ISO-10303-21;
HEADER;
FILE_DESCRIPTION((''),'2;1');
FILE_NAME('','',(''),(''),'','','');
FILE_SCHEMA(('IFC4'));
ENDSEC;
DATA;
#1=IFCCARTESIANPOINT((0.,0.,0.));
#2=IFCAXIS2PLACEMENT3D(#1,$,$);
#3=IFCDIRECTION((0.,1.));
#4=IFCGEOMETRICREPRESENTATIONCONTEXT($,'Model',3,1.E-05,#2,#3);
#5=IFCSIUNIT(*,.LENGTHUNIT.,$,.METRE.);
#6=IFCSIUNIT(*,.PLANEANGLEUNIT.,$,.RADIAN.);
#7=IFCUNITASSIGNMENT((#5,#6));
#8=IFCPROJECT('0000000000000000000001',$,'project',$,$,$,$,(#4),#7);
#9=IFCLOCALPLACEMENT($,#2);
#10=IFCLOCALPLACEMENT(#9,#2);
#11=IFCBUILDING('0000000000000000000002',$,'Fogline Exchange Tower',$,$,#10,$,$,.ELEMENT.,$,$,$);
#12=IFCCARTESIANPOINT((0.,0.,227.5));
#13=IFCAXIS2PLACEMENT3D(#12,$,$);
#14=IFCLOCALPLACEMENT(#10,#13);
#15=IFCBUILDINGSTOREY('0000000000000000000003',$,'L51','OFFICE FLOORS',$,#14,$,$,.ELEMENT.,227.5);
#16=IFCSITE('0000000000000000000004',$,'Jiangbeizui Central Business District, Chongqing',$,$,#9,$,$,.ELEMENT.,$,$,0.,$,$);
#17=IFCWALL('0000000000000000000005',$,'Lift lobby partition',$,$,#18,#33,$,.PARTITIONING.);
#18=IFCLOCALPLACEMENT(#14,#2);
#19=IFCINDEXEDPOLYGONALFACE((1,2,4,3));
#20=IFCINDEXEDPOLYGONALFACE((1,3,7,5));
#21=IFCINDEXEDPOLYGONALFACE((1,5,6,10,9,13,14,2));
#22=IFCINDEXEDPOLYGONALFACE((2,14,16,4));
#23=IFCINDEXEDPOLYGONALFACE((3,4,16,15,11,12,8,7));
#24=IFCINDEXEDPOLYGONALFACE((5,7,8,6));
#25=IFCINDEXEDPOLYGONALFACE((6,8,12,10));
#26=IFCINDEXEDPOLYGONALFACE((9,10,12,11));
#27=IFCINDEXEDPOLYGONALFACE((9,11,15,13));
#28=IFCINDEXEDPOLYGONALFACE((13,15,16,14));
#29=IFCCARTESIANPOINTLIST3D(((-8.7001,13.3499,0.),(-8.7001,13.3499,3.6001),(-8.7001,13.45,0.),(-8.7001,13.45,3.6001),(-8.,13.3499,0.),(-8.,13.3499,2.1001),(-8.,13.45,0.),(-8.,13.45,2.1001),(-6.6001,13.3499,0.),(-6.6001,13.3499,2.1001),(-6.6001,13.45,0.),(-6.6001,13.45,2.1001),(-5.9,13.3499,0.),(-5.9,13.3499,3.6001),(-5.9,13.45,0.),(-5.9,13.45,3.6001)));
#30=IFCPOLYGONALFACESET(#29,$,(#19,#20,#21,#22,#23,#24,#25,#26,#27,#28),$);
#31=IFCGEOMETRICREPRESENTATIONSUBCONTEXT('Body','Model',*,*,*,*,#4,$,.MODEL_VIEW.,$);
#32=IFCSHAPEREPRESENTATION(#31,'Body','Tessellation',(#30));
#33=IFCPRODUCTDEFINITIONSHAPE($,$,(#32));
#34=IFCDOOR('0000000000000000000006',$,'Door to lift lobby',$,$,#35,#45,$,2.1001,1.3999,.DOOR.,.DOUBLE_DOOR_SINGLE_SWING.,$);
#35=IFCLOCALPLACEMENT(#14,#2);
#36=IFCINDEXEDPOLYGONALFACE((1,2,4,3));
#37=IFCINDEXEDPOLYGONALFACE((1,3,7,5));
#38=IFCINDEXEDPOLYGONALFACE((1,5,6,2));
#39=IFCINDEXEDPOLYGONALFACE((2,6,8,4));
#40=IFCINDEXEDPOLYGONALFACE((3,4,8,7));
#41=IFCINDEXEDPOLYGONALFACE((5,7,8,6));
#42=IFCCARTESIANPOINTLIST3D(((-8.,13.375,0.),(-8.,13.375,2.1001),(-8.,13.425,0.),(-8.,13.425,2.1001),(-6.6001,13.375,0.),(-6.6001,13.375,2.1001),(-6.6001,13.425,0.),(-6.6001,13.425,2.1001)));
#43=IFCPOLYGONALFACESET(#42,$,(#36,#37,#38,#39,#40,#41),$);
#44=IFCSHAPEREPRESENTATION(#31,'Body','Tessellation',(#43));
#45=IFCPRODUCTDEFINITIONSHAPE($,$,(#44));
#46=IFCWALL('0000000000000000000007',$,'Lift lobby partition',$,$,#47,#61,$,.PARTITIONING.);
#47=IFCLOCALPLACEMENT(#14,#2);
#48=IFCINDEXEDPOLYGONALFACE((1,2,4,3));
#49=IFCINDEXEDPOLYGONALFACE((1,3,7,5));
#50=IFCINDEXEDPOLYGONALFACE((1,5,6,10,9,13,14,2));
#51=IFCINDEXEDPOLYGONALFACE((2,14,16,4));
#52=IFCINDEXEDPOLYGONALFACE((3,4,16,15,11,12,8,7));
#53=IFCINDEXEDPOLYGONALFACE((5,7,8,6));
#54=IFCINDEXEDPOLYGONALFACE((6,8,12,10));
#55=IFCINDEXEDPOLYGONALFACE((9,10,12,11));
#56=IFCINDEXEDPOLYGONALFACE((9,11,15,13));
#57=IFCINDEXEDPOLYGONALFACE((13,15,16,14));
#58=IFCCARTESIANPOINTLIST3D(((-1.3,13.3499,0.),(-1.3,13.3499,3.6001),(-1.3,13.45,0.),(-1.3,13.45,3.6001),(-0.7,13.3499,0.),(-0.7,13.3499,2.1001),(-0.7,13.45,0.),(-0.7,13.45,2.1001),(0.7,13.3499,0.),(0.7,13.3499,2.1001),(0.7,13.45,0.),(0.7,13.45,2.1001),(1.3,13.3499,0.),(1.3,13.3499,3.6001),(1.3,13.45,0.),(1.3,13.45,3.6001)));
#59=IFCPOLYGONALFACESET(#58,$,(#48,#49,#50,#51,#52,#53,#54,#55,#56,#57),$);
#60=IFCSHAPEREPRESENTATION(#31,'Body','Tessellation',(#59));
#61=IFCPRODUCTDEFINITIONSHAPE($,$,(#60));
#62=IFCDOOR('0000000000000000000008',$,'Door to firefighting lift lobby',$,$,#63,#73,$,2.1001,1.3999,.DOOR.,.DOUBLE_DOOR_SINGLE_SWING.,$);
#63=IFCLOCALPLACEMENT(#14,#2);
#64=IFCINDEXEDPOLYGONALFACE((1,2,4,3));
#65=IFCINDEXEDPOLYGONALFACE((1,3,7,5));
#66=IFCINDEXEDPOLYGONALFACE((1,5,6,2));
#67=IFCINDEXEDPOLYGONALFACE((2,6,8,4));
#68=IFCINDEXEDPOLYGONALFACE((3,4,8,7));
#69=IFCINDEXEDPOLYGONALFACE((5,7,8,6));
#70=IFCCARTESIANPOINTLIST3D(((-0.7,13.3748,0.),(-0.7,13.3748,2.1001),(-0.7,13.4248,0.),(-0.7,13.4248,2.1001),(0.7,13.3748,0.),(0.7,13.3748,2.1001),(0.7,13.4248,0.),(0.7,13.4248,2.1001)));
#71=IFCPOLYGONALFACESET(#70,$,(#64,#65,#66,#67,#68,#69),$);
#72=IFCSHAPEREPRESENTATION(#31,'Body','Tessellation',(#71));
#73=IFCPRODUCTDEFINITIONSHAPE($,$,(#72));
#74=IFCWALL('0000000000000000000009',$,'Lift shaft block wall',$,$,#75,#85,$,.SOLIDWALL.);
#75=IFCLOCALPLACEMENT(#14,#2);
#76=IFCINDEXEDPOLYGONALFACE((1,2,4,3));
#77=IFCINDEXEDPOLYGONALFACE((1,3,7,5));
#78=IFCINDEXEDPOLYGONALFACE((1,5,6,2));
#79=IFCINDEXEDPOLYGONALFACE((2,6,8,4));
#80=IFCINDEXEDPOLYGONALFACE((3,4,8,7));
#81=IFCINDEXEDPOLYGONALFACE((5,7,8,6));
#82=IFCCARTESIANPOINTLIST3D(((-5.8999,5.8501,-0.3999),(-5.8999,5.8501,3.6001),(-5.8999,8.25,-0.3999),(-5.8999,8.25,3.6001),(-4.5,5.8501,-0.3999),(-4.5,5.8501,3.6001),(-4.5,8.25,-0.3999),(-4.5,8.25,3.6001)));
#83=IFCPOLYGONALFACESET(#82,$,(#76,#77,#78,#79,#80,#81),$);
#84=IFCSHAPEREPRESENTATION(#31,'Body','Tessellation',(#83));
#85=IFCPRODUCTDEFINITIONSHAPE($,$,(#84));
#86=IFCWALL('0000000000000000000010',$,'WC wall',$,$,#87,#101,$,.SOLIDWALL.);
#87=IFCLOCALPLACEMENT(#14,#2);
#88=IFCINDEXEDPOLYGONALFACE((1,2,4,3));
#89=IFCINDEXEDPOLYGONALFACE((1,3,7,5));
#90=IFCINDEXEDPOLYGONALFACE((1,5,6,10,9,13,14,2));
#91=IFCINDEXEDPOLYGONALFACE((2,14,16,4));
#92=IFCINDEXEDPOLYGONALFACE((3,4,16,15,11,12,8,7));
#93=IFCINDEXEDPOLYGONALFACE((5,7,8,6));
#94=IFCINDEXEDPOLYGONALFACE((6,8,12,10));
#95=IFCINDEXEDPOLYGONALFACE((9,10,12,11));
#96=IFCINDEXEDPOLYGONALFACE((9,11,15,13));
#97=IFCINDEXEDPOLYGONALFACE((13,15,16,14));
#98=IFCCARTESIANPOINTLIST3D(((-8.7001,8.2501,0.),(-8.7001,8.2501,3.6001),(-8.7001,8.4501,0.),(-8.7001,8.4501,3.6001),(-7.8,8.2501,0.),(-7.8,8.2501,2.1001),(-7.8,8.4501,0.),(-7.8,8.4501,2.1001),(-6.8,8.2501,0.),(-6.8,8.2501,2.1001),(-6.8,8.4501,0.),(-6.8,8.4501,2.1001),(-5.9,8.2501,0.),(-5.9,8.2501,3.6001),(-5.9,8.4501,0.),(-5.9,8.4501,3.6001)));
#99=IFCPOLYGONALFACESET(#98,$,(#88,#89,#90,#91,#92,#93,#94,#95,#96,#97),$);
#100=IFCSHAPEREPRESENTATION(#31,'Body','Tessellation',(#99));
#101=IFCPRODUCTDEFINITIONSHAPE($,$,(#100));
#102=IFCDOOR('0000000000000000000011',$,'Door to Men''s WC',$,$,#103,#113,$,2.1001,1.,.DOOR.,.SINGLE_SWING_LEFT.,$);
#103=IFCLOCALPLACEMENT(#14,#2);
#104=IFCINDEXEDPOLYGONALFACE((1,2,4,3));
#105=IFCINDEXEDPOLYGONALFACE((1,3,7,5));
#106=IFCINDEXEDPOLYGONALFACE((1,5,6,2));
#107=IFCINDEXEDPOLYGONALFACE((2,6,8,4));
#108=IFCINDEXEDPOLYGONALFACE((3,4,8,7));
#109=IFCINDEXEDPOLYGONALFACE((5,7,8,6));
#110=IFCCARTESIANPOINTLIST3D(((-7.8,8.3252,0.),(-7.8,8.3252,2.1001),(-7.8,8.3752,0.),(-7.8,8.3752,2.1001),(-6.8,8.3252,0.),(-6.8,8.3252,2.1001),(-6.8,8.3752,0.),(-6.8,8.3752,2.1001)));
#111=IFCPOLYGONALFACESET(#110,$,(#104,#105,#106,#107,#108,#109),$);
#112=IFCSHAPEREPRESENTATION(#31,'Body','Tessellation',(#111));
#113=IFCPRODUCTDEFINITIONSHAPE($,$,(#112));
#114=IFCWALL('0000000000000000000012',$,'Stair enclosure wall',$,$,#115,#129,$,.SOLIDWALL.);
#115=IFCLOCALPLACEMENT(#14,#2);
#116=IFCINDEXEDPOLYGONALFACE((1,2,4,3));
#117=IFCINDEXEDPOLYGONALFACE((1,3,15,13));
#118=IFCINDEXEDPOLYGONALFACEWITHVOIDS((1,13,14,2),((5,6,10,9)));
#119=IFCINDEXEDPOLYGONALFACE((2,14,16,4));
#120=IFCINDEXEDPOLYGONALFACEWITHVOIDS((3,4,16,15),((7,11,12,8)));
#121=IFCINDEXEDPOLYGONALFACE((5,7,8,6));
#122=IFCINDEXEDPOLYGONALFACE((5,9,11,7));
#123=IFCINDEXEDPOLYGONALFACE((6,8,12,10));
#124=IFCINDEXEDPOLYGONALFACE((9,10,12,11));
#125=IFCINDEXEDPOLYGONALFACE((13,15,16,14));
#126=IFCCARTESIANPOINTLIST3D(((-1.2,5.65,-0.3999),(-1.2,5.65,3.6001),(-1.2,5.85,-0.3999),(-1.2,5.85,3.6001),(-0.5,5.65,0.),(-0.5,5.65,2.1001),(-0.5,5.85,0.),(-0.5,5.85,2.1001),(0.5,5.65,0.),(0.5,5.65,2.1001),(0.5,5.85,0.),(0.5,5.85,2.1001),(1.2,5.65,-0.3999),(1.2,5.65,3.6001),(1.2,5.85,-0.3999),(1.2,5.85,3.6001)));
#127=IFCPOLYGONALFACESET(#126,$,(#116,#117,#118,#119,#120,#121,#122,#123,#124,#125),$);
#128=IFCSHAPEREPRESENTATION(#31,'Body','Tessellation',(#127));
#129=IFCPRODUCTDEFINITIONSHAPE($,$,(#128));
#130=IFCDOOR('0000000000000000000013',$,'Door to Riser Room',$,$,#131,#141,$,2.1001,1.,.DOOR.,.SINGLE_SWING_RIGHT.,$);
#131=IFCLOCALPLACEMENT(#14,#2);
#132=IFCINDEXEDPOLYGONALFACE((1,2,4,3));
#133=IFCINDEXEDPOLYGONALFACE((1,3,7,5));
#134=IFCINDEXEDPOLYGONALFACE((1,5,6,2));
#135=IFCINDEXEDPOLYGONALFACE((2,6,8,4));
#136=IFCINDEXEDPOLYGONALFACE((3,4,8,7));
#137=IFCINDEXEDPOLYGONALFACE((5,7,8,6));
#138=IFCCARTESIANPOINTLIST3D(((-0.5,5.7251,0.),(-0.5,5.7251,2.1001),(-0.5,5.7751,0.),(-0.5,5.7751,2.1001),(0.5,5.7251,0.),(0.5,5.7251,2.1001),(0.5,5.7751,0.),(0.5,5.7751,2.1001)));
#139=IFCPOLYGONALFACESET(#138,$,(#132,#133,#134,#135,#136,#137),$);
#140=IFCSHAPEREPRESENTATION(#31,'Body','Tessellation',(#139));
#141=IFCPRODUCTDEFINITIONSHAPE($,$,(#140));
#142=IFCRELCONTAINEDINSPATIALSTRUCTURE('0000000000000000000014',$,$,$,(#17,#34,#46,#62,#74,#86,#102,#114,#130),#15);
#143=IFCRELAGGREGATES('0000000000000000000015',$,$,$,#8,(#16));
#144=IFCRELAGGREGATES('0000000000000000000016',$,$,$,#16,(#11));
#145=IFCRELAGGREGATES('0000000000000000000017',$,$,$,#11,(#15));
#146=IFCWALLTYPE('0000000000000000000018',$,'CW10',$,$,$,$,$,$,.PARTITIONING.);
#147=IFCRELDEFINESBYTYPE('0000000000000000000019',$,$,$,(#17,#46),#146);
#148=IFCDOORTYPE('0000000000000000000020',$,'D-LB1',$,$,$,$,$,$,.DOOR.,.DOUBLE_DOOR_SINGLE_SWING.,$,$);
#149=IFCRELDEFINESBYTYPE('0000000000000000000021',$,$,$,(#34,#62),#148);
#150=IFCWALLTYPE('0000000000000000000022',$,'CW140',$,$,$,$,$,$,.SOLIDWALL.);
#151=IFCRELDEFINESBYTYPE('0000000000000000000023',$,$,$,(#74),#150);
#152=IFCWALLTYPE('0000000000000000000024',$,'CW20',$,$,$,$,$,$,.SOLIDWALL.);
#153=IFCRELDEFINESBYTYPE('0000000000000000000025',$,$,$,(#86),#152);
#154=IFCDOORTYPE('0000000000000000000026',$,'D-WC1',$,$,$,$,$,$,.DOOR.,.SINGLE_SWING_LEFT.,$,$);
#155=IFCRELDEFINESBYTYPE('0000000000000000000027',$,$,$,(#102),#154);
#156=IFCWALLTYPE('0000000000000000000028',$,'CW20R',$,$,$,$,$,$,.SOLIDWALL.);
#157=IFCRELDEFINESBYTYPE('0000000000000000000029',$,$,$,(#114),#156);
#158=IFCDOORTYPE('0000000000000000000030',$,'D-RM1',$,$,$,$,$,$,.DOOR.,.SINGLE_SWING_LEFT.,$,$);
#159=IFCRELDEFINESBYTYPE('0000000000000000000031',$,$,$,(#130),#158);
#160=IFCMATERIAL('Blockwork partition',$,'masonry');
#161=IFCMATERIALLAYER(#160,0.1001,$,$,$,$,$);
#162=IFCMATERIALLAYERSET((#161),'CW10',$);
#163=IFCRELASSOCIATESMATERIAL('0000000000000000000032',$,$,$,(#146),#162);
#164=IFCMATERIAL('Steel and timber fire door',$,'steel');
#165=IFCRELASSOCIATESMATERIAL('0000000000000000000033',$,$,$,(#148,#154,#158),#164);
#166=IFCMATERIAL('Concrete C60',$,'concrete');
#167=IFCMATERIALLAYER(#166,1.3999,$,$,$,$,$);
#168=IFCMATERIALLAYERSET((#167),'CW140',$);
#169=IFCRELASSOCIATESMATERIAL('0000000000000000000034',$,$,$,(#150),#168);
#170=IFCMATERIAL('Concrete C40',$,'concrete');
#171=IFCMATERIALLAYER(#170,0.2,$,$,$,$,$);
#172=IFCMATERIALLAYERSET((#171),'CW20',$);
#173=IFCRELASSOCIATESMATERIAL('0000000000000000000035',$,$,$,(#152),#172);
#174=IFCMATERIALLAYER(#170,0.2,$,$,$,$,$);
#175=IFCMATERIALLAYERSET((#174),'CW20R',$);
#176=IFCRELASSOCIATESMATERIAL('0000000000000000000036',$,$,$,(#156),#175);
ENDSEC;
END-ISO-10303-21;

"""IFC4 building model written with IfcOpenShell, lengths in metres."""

from ifc_helpers import new_model, si_unit, direction, frame, frame_2d, origin, place, context, subcontext, project, spatial, rectangle, extrude, material, layer, layer_set, type_object, element, fill, save


model = new_model("IFC4")

# Units and contexts
model_context = context("Model", 3, precision=1e-05, world=origin(), true_north=direction((0.0, 1.0)))
body_context = subcontext(model_context, "Body", "Model", "MODEL_VIEW")
ifc_project = project(units=[si_unit("LENGTHUNIT", "METRE"), si_unit("PLANEANGLEUNIT", "RADIAN")], contexts=[model_context])

# Site, building, storey
site_placement = place(None, origin())
site = spatial("IfcSite", under=ifc_project, at=site_placement, Name="Jiangbeizui Central Business District, Chongqing", CompositionType="ELEMENT", RefElevation=0.0)
building_placement = place(site_placement, origin())
building = spatial("IfcBuilding", under=site, at=building_placement, Name="Fogline Exchange Tower", CompositionType="ELEMENT")
storey_placement = place(building_placement, frame((0.0, 0.0, 227.5)))
storey = spatial("IfcBuildingStorey", under=building, at=storey_placement, Name="L51", Description="OFFICE FLOORS", CompositionType="ELEMENT", Elevation=227.5)

# Walls, openings, doors
ifc_material_1 = material(Name="Blockwork partition", Category="masonry")
ifc_layer_1 = layer(ifc_material_1, 0.1001)
ifc_layer_set_1 = layer_set([ifc_layer_1], Name="CW10")
wall_type_1 = type_object("IfcWallType", Name="CW10", PredefinedType="PARTITIONING", material=ifc_layer_set_1)
wall_1_placement = place(storey_placement, frame((-8.7, 13.3999, 0.0), z_axis=(0.0, 0.0, 1.0), x_axis=(1.0, 0.0, 0.0)))
wall_1 = element("IfcWall", 1, at=wall_1_placement, inside=storey, type_object=wall_type_1, Name="Lift lobby partition", PredefinedType="PARTITIONING", context=body_context, shape_type="SweptSolid", body=[
    extrude(rectangle(XDim=2.8, YDim=0.1001, at=frame_2d((1.3999, 0.0))), origin(), (0.0, 0.0, 1.0), 3.6001),
])
opening_1_placement = place(wall_1_placement, frame((0.7, 0.0, 0.0)))
opening_1 = element("IfcOpeningElement", 2, at=opening_1_placement, cuts=wall_1, PredefinedType="OPENING", context=body_context, shape_type="SweptSolid", body=[
    extrude(rectangle(XDim=1.3999, YDim=2.1001, at=frame_2d((0.7, 1.05))), frame((0.0, 0.0601, 0.0), z_axis=(0.0, -1.0, 0.0), x_axis=(1.0, 0.0, 0.0)), (0.0, 0.0, 1.0), 0.1201),
])
ifc_material_2 = material(Name="Steel and timber fire door", Category="steel")
door_type_1 = type_object("IfcDoorType", Name="D-LB1", OperationType="DOUBLE_DOOR_SINGLE_SWING", PredefinedType="DOOR", material=ifc_material_2)
door_1_placement = place(opening_1_placement, frame((1.3999, 0.0, 0.0), z_axis=(0.0, 0.0, 1.0), x_axis=(-1.0, 0.0, 0.0)))
door_1 = element("IfcDoor", 3, at=door_1_placement, inside=storey, type_object=door_type_1, Name="Door to lift lobby", OperationType="DOUBLE_DOOR_SINGLE_SWING", OverallHeight=2.1001, OverallWidth=1.3999, PredefinedType="DOOR", context=body_context, shape_type="SweptSolid", body=[
    extrude(rectangle(XDim=1.3999, YDim=2.1001, at=frame_2d((0.7, 1.05))), frame((0.0, 0.0249, 0.0), z_axis=(0.0, -1.0, 0.0), x_axis=(1.0, 0.0, 0.0)), (0.0, 0.0, 1.0), 0.05),
])
fill(opening_1, door_1)
wall_2_placement = place(storey_placement, frame((-1.3, 13.3999, 0.0), z_axis=(0.0, 0.0, 1.0), x_axis=(1.0, 0.0, 0.0)))
wall_2 = element("IfcWall", 4, at=wall_2_placement, inside=storey, type_object=wall_type_1, Name="Lift lobby partition", PredefinedType="PARTITIONING", context=body_context, shape_type="SweptSolid", body=[
    extrude(rectangle(XDim=2.6001, YDim=0.1001, at=frame_2d((1.3, 0.0))), origin(), (0.0, 0.0, 1.0), 3.6001),
])
opening_2_placement = place(wall_2_placement, frame((0.6001, 0.0, 0.0)))
opening_2 = element("IfcOpeningElement", 5, at=opening_2_placement, cuts=wall_2, PredefinedType="OPENING", context=body_context, shape_type="SweptSolid", body=[
    extrude(rectangle(XDim=1.3999, YDim=2.1001, at=frame_2d((0.7, 1.05))), frame((0.0, 0.0601, 0.0), z_axis=(0.0, -1.0, 0.0), x_axis=(1.0, 0.0, 0.0)), (0.0, 0.0, 1.0), 0.1201),
])
door_2_placement = place(opening_2_placement, origin())
door_2 = element("IfcDoor", 6, at=door_2_placement, inside=storey, type_object=door_type_1, Name="Door to firefighting lift lobby", OperationType="DOUBLE_DOOR_SINGLE_SWING", OverallHeight=2.1001, OverallWidth=1.3999, PredefinedType="DOOR", context=body_context, shape_type="SweptSolid", body=[
    extrude(rectangle(XDim=1.3999, YDim=2.1001, at=frame_2d((0.7, 1.05))), frame((0.0, 0.0249, 0.0), z_axis=(0.0, -1.0, 0.0), x_axis=(1.0, 0.0, 0.0)), (0.0, 0.0, 1.0), 0.05),
])
fill(opening_2, door_2)

# Wall
ifc_material_3 = material(Name="Concrete C60", Category="concrete")
ifc_layer_2 = layer(ifc_material_3, 1.3999)
ifc_layer_set_2 = layer_set([ifc_layer_2], Name="CW140")
wall_type_2 = type_object("IfcWallType", Name="CW140", PredefinedType="SOLIDWALL", material=ifc_layer_set_2)
wall_3_placement = place(storey_placement, frame((-5.2, 5.8501, -0.3999), z_axis=(0.0, 0.0, 1.0), x_axis=(0.0, 1.0, 0.0)))
element("IfcWall", 7, at=wall_3_placement, inside=storey, type_object=wall_type_2, Name="Lift shaft block wall", PredefinedType="SOLIDWALL", context=body_context, shape_type="SweptSolid", body=[
    extrude(rectangle(XDim=2.3999, YDim=1.3999, at=frame_2d((1.2, 0.0))), origin(), (0.0, 0.0, 1.0), 4.0),
])

# Walls, openings, doors
ifc_material_4 = material(Name="Concrete C40", Category="concrete")
ifc_layer_3 = layer(ifc_material_4, 0.2)
ifc_layer_set_3 = layer_set([ifc_layer_3], Name="CW20")
wall_type_3 = type_object("IfcWallType", Name="CW20", PredefinedType="SOLIDWALL", material=ifc_layer_set_3)
wall_4_placement = place(storey_placement, frame((-8.7, 8.3501, 0.0), z_axis=(0.0, 0.0, 1.0), x_axis=(1.0, 0.0, 0.0)))
wall_4 = element("IfcWall", 8, at=wall_4_placement, inside=storey, type_object=wall_type_3, Name="WC wall", PredefinedType="SOLIDWALL", context=body_context, shape_type="SweptSolid", body=[
    extrude(rectangle(XDim=2.8, YDim=0.2, at=frame_2d((1.3999, 0.0))), origin(), (0.0, 0.0, 1.0), 3.6001),
])
opening_3_placement = place(wall_4_placement, frame((0.8999, 0.0, 0.0)))
opening_3 = element("IfcOpeningElement", 9, at=opening_3_placement, cuts=wall_4, PredefinedType="OPENING", context=body_context, shape_type="SweptSolid", body=[
    extrude(rectangle(XDim=1.0, YDim=2.1001, at=frame_2d((0.5, 1.05))), frame((0.0, 0.1099, 0.0), z_axis=(0.0, -1.0, 0.0), x_axis=(1.0, 0.0, 0.0)), (0.0, 0.0, 1.0), 0.22),
])
door_type_2 = type_object("IfcDoorType", Name="D-WC1", OperationType="SINGLE_SWING_LEFT", PredefinedType="DOOR", material=ifc_material_2)
door_3_placement = place(opening_3_placement, frame((1.0, 0.0, 0.0), z_axis=(0.0, 0.0, 1.0), x_axis=(-1.0, 0.0, 0.0)))
door_3 = element("IfcDoor", 10, at=door_3_placement, inside=storey, type_object=door_type_2, Name="Door to Men's WC", OperationType="SINGLE_SWING_LEFT", OverallHeight=2.1001, OverallWidth=1.0, PredefinedType="DOOR", context=body_context, shape_type="SweptSolid", body=[
    extrude(rectangle(XDim=1.0, YDim=2.1001, at=frame_2d((0.5, 1.05))), frame((0.0, 0.0249, 0.0), z_axis=(0.0, -1.0, 0.0), x_axis=(1.0, 0.0, 0.0)), (0.0, 0.0, 1.0), 0.05),
])
fill(opening_3, door_3)
ifc_layer_4 = layer(ifc_material_4, 0.2)
ifc_layer_set_4 = layer_set([ifc_layer_4], Name="CW20R")
wall_type_4 = type_object("IfcWallType", Name="CW20R", PredefinedType="SOLIDWALL", material=ifc_layer_set_4)
wall_5_placement = place(storey_placement, frame((-1.2, 5.75, -0.3999), z_axis=(0.0, 0.0, 1.0), x_axis=(1.0, 0.0, 0.0)))
wall_5 = element("IfcWall", 11, at=wall_5_placement, inside=storey, type_object=wall_type_4, Name="Stair enclosure wall", PredefinedType="SOLIDWALL", context=body_context, shape_type="SweptSolid", body=[
    extrude(rectangle(XDim=2.3999, YDim=0.2, at=frame_2d((1.2, 0.0))), origin(), (0.0, 0.0, 1.0), 4.0),
])
opening_4_placement = place(wall_5_placement, frame((0.7, 0.0, 0.3999)))
opening_4 = element("IfcOpeningElement", 12, at=opening_4_placement, cuts=wall_5, PredefinedType="OPENING", context=body_context, shape_type="SweptSolid", body=[
    extrude(rectangle(XDim=1.0, YDim=2.1001, at=frame_2d((0.5, 1.05))), frame((0.0, 0.1099, 0.0), z_axis=(0.0, -1.0, 0.0), x_axis=(1.0, 0.0, 0.0)), (0.0, 0.0, 1.0), 0.22),
])
door_type_3 = type_object("IfcDoorType", Name="D-RM1", OperationType="SINGLE_SWING_LEFT", PredefinedType="DOOR", material=ifc_material_2)
door_4_placement = place(opening_4_placement, frame((1.0, 0.0, 0.0), z_axis=(0.0, 0.0, 1.0), x_axis=(-1.0, 0.0, 0.0)))
door_4 = element("IfcDoor", 13, at=door_4_placement, inside=storey, type_object=door_type_3, Name="Door to Riser Room", OperationType="SINGLE_SWING_RIGHT", OverallHeight=2.1001, OverallWidth=1.0, PredefinedType="DOOR", context=body_context, shape_type="SweptSolid", body=[
    extrude(rectangle(XDim=1.0, YDim=2.1001, at=frame_2d((0.5, 1.05))), frame((0.0, 0.0249, 0.0), z_axis=(0.0, -1.0, 0.0), x_axis=(1.0, 0.0, 0.0)), (0.0, 0.0, 1.0), 0.05),
])
fill(opening_4, door_4)

save(model, "model.ifc")
